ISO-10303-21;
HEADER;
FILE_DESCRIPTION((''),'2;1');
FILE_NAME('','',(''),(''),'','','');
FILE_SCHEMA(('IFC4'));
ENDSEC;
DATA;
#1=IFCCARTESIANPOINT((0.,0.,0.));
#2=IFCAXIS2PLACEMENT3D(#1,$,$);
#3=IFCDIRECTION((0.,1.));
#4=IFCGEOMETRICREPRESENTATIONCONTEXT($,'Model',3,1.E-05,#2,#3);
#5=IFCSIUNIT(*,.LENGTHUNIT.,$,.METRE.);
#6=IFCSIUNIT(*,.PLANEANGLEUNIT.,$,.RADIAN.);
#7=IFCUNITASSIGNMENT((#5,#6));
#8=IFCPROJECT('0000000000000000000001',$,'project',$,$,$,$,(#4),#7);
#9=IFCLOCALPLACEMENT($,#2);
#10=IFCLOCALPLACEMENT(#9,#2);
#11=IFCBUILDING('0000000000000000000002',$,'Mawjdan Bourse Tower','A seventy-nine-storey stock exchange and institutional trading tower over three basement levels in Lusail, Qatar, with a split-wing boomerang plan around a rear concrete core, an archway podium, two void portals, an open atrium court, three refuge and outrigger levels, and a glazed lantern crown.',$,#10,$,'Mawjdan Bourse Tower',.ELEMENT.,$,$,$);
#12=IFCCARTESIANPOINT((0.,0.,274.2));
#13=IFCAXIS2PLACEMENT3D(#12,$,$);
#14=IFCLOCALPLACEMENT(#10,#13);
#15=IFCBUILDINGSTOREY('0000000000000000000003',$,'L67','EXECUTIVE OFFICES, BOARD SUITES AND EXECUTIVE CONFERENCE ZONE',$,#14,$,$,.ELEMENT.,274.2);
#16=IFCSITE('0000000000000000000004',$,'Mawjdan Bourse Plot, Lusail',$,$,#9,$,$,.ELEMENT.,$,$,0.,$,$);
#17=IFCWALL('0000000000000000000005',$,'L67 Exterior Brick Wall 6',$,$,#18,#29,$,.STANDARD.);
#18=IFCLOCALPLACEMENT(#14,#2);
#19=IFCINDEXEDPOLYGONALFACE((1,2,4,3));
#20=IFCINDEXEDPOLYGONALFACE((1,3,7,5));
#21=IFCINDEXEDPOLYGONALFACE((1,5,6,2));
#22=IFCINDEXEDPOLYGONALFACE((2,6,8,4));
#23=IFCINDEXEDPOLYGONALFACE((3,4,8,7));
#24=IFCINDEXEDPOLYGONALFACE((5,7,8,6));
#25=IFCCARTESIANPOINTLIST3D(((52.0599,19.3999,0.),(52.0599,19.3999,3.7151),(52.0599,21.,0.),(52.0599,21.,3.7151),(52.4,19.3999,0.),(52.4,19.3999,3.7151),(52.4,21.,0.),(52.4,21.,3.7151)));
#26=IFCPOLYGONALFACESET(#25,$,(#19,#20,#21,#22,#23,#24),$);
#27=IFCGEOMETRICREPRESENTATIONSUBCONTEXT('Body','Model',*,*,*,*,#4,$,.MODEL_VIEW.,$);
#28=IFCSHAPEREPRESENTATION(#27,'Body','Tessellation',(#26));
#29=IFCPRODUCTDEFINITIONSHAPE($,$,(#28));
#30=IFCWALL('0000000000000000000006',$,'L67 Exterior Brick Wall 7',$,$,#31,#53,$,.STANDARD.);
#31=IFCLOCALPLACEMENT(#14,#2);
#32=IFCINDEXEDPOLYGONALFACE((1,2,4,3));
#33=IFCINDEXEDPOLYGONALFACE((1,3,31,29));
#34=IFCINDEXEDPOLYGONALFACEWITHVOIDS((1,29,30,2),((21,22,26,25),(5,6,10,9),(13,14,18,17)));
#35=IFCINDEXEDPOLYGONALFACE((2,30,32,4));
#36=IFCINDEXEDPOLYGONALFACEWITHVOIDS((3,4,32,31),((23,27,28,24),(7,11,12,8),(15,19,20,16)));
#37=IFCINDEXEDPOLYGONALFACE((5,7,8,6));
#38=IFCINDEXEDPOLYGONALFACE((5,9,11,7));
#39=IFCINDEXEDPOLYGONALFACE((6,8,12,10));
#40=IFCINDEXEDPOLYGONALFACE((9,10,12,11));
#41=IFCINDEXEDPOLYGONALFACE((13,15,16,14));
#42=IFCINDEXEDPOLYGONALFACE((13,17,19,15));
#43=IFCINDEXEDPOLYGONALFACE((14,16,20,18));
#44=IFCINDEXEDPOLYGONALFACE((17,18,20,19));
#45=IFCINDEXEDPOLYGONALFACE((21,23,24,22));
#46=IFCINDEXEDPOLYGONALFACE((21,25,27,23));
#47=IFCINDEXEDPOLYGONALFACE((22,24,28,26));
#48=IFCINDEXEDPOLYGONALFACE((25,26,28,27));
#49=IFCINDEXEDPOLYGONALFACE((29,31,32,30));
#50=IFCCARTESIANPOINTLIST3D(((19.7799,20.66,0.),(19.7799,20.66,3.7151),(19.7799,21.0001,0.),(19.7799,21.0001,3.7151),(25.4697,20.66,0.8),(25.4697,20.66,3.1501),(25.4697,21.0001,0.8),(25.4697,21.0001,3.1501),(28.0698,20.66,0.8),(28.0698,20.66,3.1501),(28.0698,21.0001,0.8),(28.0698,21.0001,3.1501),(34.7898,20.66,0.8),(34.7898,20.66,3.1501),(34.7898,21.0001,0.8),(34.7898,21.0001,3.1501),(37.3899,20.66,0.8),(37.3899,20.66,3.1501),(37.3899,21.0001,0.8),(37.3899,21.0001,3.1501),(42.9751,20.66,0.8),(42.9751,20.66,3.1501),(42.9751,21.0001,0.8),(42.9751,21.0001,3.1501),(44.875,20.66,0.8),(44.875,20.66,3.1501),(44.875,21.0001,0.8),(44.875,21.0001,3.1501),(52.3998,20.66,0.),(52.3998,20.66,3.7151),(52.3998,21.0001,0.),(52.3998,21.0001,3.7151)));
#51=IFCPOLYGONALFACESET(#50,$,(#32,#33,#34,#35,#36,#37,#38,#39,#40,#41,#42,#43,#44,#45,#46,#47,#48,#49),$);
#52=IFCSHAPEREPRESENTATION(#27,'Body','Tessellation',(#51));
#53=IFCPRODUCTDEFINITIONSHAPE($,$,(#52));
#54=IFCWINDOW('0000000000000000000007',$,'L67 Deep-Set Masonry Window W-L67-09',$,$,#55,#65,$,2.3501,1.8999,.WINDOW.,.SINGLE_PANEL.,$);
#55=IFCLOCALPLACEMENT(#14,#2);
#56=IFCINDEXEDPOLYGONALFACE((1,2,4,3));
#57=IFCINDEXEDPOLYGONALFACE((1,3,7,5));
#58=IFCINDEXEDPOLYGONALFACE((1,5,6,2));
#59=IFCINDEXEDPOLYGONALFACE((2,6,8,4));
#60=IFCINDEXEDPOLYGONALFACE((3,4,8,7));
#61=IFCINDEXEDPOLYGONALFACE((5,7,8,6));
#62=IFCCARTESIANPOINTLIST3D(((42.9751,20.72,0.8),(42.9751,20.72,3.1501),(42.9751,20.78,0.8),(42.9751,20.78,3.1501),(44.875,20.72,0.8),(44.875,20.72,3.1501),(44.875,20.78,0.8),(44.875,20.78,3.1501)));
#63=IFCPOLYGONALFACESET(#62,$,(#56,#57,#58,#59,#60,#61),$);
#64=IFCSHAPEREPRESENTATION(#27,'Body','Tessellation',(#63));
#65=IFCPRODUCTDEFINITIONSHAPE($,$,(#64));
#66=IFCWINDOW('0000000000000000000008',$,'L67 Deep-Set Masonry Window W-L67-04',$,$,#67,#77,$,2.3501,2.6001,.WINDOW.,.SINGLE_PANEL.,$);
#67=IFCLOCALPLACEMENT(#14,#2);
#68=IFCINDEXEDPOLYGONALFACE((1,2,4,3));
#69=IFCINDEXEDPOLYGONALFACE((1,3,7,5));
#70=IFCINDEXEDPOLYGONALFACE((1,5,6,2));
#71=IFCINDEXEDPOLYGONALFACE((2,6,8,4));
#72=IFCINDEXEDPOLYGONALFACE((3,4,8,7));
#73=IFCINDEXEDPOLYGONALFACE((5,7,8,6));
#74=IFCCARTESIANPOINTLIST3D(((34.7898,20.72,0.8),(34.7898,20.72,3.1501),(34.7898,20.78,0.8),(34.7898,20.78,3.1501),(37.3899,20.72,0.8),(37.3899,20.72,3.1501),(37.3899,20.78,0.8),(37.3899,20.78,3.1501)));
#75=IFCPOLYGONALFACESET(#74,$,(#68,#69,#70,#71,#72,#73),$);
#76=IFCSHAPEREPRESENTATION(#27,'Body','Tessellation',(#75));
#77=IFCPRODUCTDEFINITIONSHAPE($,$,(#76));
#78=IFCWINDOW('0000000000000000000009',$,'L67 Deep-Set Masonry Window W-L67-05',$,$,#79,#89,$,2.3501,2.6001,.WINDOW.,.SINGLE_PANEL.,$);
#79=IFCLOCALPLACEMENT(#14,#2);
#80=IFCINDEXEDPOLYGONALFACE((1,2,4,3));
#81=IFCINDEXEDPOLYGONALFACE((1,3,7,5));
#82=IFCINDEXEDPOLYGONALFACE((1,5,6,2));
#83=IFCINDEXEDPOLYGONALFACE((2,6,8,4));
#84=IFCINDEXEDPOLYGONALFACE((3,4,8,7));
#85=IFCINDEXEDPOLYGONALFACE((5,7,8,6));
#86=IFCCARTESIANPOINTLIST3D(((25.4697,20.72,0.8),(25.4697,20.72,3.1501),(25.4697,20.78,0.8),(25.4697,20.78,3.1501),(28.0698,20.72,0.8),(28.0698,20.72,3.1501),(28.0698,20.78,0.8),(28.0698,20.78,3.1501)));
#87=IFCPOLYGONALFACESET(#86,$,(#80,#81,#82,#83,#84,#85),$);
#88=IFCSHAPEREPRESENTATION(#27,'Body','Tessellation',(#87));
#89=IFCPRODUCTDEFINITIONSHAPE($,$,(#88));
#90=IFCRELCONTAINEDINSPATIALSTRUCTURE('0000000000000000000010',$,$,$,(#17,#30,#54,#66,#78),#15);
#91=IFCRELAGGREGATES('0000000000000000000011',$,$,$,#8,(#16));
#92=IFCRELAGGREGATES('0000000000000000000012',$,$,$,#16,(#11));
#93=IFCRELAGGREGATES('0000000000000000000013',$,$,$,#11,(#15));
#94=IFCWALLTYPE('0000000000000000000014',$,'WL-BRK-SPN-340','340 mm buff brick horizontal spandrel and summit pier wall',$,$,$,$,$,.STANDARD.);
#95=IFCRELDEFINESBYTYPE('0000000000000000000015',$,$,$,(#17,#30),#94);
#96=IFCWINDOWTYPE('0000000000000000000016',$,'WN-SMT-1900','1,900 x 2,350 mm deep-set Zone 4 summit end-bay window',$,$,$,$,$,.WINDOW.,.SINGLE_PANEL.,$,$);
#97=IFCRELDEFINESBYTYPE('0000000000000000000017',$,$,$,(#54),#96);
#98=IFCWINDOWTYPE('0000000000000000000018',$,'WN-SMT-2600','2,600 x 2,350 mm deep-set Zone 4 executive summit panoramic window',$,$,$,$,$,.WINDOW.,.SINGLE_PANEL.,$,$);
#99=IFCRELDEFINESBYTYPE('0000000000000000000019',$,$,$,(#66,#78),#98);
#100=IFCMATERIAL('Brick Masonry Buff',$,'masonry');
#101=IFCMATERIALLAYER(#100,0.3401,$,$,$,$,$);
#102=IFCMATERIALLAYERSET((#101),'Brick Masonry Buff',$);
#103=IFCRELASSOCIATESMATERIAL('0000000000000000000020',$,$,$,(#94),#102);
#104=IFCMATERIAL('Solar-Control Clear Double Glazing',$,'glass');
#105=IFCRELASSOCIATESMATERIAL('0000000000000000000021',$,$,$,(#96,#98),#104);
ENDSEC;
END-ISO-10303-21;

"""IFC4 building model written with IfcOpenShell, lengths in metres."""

from ifc_helpers import new_model, si_unit, direction, frame, frame_2d, origin, place, context, subcontext, project, spatial, rectangle, extrude, material, layer, layer_set, type_object, element, fill, save


model = new_model("IFC4")

# Units and contexts
model_context = context("Model", 3, precision=1e-05, world=origin(), true_north=direction((0.0, 1.0)))
body_context = subcontext(model_context, "Body", "Model", "MODEL_VIEW")
ifc_project = project(units=[si_unit("LENGTHUNIT", "METRE"), si_unit("PLANEANGLEUNIT", "RADIAN")], contexts=[model_context])

# Site, building, storey
site_placement = place(None, origin())
site = spatial("IfcSite", under=ifc_project, at=site_placement, Name="Mawjdan Bourse Plot, Lusail", CompositionType="ELEMENT", RefElevation=0.0)
building_placement = place(site_placement, origin())
building = spatial("IfcBuilding", under=site, at=building_placement, Name="Mawjdan Bourse Tower", Description="A seventy-nine-storey stock exchange and institutional trading tower over three basement levels in Lusail, Qatar, with a split-wing boomerang plan around a rear concrete core, an archway podium, two void portals, an open atrium court, three refuge and outrigger levels, and a glazed lantern crown.", LongName="Mawjdan Bourse Tower", CompositionType="ELEMENT")
storey_placement = place(building_placement, frame((0.0, 0.0, 274.2)))
storey = spatial("IfcBuildingStorey", under=building, at=storey_placement, Name="L67", Description="EXECUTIVE OFFICES, BOARD SUITES AND EXECUTIVE CONFERENCE ZONE", CompositionType="ELEMENT", Elevation=274.2)

# Shared definitions
ifc_material_1 = material(Name="Brick Masonry Buff", Category="masonry")
ifc_layer = layer(ifc_material_1, 0.3401)
ifc_layer_set = layer_set([ifc_layer], Name="Brick Masonry Buff")
wall_type = type_object("IfcWallType", Name="WL-BRK-SPN-340", Description="340 mm buff brick horizontal spandrel and summit pier wall", PredefinedType="STANDARD", material=ifc_layer_set)

# Shared definitions
ifc_material_2 = material(Name="Solar-Control Clear Double Glazing", Category="glass")
window_type_1 = type_object("IfcWindowType", Name="WN-SMT-1900", Description="1,900 x 2,350 mm deep-set Zone 4 summit end-bay window", PartitioningType="SINGLE_PANEL", PredefinedType="WINDOW", material=ifc_material_2)

# Wall
for number, where, z_axis, x_axis, name in (
    (1, (52.23, 19.3999, 0.0), (0.0, 0.0, 1.0), (0.0, 1.0, 0.0), "L67 Exterior Brick Wall 6"),
):
    element("IfcWall", number, at=place(storey_placement, frame(where, z_axis=z_axis, x_axis=x_axis)), inside=storey, type_object=wall_type, Name=name, PredefinedType="STANDARD", context=body_context, shape_type="SweptSolid", body=[
        extrude(rectangle(XDim=1.6001, YDim=0.3401, at=frame_2d((0.8, 0.0))), origin(), (0.0, 0.0, 1.0), 3.7151),
    ])

# Wall, openings, windows
wall_1_placement = place(storey_placement, frame((52.3999, 20.8301, 0.0), z_axis=(0.0, 0.0, 1.0), x_axis=(-1.0, 0.0, 0.0)))
wall_1 = element("IfcWall", 2, at=wall_1_placement, inside=storey, type_object=wall_type, Name="L67 Exterior Brick Wall 7", PredefinedType="STANDARD", context=body_context, shape_type="SweptSolid", body=[
    extrude(rectangle(XDim=32.6199, YDim=0.3401, at=frame_2d((16.3101, 0.0))), origin(), (0.0, 0.0, 1.0), 3.7151),
])
opening_1_placement = place(wall_1_placement, frame((15.01, 0.0, 0.8)))
opening_1 = element("IfcOpeningElement", 3, at=opening_1_placement, cuts=wall_1, PredefinedType="OPENING", context=body_context, shape_type="SweptSolid", body=[
    extrude(rectangle(XDim=2.6001, YDim=2.3501, at=frame_2d((1.3, 1.175))), frame((0.0, 0.1802, 0.0), z_axis=(0.0, -1.0, 0.0), x_axis=(1.0, 0.0, 0.0)), (0.0, 0.0, 1.0), 0.3601),
])
opening_2_placement = place(wall_1_placement, frame((24.3301, 0.0, 0.8)))
opening_2 = element("IfcOpeningElement", 4, at=opening_2_placement, cuts=wall_1, PredefinedType="OPENING", context=body_context, shape_type="SweptSolid", body=[
    extrude(rectangle(XDim=2.6001, YDim=2.3501, at=frame_2d((1.3, 1.175))), frame((0.0, 0.1802, 0.0), z_axis=(0.0, -1.0, 0.0), x_axis=(1.0, 0.0, 0.0)), (0.0, 0.0, 1.0), 0.3601),
])
opening_3_placement = place(wall_1_placement, frame((7.5249, 0.0, 0.8)))
opening_3 = element("IfcOpeningElement", 5, at=opening_3_placement, cuts=wall_1, PredefinedType="OPENING", context=body_context, shape_type="SweptSolid", body=[
    extrude(rectangle(XDim=1.8999, YDim=2.3501, at=frame_2d((0.95, 1.175))), frame((0.0, 0.1802, 0.0), z_axis=(0.0, -1.0, 0.0), x_axis=(1.0, 0.0, 0.0)), (0.0, 0.0, 1.0), 0.3601),
])
window_1_placement = place(opening_3_placement, origin())
window_1 = element("IfcWindow", 6, at=window_1_placement, inside=storey, type_object=window_type_1, Name="L67 Deep-Set Masonry Window W-L67-09", OverallHeight=2.3501, OverallWidth=1.8999, PartitioningType="SINGLE_PANEL", PredefinedType="WINDOW", context=body_context, shape_type="SweptSolid", body=[
    extrude(rectangle(XDim=1.8999, YDim=2.3501, at=frame_2d((0.95, 1.175))), frame((0.0, 0.1101, 0.0), z_axis=(0.0, -1.0, 0.0), x_axis=(1.0, 0.0, 0.0)), (0.0, 0.0, 1.0), 0.0601),
])
fill(opening_3, window_1)
window_type_2 = type_object("IfcWindowType", Name="WN-SMT-2600", Description="2,600 x 2,350 mm deep-set Zone 4 executive summit panoramic window", PartitioningType="SINGLE_PANEL", PredefinedType="WINDOW", material=ifc_material_2)
window_2_placement = place(opening_1_placement, origin())
window_2 = element("IfcWindow", 7, at=window_2_placement, inside=storey, type_object=window_type_2, Name="L67 Deep-Set Masonry Window W-L67-04", OverallHeight=2.3501, OverallWidth=2.6001, PartitioningType="SINGLE_PANEL", PredefinedType="WINDOW", context=body_context, shape_type="SweptSolid", body=[
    extrude(rectangle(XDim=2.6001, YDim=2.3501, at=frame_2d((1.3, 1.175))), frame((0.0, 0.1101, 0.0), z_axis=(0.0, -1.0, 0.0), x_axis=(1.0, 0.0, 0.0)), (0.0, 0.0, 1.0), 0.0601),
])
fill(opening_1, window_2)
window_3_placement = place(opening_2_placement, origin())
window_3 = element("IfcWindow", 8, at=window_3_placement, inside=storey, type_object=window_type_2, Name="L67 Deep-Set Masonry Window W-L67-05", OverallHeight=2.3501, OverallWidth=2.6001, PartitioningType="SINGLE_PANEL", PredefinedType="WINDOW", context=body_context, shape_type="SweptSolid", body=[
    extrude(rectangle(XDim=2.6001, YDim=2.3501, at=frame_2d((1.3, 1.175))), frame((0.0, 0.1101, 0.0), z_axis=(0.0, -1.0, 0.0), x_axis=(1.0, 0.0, 0.0)), (0.0, 0.0, 1.0), 0.0601),
])
fill(opening_2, window_3)

save(model, "model.ifc")
